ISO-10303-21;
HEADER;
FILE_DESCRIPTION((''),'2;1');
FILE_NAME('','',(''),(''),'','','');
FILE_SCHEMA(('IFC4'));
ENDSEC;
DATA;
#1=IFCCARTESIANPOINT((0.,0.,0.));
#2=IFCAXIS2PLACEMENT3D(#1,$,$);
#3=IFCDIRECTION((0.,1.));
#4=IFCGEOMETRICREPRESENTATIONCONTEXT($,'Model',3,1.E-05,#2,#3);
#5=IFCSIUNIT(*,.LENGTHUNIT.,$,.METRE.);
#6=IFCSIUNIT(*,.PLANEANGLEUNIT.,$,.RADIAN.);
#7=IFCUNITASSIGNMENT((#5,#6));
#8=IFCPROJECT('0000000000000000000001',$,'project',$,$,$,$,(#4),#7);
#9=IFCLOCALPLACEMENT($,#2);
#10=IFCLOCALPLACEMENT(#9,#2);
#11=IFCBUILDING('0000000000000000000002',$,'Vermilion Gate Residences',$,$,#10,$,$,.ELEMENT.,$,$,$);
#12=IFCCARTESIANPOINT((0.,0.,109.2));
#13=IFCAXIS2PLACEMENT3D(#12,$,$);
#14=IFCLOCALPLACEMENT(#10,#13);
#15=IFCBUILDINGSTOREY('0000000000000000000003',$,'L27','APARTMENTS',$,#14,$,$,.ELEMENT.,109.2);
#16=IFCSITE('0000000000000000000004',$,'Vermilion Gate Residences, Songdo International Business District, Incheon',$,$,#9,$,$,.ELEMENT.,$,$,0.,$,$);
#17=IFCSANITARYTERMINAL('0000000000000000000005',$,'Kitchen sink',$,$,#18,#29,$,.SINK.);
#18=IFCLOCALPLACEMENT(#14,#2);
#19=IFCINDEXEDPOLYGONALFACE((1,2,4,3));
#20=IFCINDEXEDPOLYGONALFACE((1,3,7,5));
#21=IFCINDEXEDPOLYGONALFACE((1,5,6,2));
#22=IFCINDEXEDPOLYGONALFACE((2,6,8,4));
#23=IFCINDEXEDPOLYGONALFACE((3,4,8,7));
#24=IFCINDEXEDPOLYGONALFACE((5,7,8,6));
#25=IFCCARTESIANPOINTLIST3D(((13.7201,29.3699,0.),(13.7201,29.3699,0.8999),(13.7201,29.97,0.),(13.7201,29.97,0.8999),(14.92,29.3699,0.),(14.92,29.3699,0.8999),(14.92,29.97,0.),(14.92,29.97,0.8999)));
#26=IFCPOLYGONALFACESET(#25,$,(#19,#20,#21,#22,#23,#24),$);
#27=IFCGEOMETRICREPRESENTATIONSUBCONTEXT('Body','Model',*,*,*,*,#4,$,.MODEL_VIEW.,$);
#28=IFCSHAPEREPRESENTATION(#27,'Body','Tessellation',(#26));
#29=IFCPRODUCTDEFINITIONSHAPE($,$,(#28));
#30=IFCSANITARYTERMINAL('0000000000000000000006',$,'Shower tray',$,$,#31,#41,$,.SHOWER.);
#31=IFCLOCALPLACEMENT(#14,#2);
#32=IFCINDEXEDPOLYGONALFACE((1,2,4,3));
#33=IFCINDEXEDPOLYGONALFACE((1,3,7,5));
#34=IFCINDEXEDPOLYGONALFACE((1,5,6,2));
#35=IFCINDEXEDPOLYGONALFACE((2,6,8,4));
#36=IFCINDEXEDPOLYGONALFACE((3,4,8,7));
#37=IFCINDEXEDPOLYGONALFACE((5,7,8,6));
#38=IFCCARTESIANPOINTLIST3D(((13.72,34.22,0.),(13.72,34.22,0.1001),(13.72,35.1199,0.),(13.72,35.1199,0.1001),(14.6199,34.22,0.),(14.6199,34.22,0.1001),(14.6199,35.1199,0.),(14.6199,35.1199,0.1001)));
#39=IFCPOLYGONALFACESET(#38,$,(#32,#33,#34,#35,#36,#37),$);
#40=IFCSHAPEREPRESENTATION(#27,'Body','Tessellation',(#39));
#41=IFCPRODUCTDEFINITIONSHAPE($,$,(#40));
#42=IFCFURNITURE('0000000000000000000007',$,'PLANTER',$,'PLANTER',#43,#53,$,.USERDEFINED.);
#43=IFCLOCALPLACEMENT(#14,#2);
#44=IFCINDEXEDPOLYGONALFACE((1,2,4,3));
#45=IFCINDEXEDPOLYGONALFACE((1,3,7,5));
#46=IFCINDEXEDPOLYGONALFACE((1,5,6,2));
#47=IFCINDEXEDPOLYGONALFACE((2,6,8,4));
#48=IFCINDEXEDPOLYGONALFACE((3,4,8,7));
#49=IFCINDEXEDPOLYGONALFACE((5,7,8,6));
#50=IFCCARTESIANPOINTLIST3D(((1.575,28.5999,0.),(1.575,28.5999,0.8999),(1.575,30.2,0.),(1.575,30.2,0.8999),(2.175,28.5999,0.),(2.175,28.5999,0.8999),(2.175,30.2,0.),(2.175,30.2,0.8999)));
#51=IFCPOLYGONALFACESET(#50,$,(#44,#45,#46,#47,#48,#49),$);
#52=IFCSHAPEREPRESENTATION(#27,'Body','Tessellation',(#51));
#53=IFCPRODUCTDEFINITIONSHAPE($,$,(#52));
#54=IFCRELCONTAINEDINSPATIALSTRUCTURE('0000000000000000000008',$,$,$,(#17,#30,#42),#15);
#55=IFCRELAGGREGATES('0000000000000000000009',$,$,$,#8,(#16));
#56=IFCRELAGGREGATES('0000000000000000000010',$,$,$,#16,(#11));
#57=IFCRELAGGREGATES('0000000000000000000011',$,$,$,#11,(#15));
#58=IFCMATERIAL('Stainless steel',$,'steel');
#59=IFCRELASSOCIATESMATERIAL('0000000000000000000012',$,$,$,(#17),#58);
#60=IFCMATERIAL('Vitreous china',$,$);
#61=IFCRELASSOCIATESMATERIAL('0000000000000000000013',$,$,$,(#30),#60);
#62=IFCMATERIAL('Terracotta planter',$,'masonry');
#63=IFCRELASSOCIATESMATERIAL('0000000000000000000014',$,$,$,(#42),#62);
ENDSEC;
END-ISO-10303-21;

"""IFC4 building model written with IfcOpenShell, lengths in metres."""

from ifc_helpers import new_model, si_unit, direction, frame, origin, origin_2d, place, context, subcontext, project, spatial, rectangle, extrude, material, element, save


model = new_model("IFC4")

# Units and contexts
model_context = context("Model", 3, precision=1e-05, world=origin(), true_north=direction((0.0, 1.0)))
body_context = subcontext(model_context, "Body", "Model", "MODEL_VIEW")
ifc_project = project(units=[si_unit("LENGTHUNIT", "METRE"), si_unit("PLANEANGLEUNIT", "RADIAN")], contexts=[model_context])

# Site, building, storey
site_placement = place(None, origin())
site = spatial("IfcSite", under=ifc_project, at=site_placement, Name="Vermilion Gate Residences, Songdo International Business District, Incheon", CompositionType="ELEMENT", RefElevation=0.0)
building_placement = place(site_placement, origin())
building = spatial("IfcBuilding", under=site, at=building_placement, Name="Vermilion Gate Residences", CompositionType="ELEMENT")
storey_placement = place(building_placement, frame((0.0, 0.0, 109.2)))
storey = spatial("IfcBuildingStorey", under=building, at=storey_placement, Name="L27", Description="APARTMENTS", CompositionType="ELEMENT", Elevation=109.2)

# Sanitary terminals
ifc_material_1 = material(Name="Stainless steel", Category="steel")
sanitary_terminal_1_placement = place(storey_placement, frame((14.3201, 29.6699, 0.0), z_axis=(0.0, 0.0, 1.0), x_axis=(1.0, 0.0, 0.0)))
element("IfcSanitaryTerminal", 1, at=sanitary_terminal_1_placement, inside=storey, material=ifc_material_1, Name="Kitchen sink", PredefinedType="SINK", context=body_context, shape_type="SweptSolid", body=[
    extrude(rectangle(XDim=1.2, YDim=0.6001, at=origin_2d()), origin(), (0.0, 0.0, 1.0), 0.8999),
])
ifc_material_2 = material(Name="Vitreous china")
sanitary_terminal_2_placement = place(storey_placement, frame((14.1699, 34.6699, 0.0), z_axis=(0.0, 0.0, 1.0), x_axis=(1.0, 0.0, 0.0)))
element("IfcSanitaryTerminal", 2, at=sanitary_terminal_2_placement, inside=storey, material=ifc_material_2, Name="Shower tray", PredefinedType="SHOWER", context=body_context, shape_type="SweptSolid", body=[
    extrude(rectangle(XDim=0.8999, YDim=0.8999, at=origin_2d()), origin(), (0.0, 0.0, 1.0), 0.1001),
])

# Furniture
ifc_material_3 = material(Name="Terracotta planter", Category="masonry")
furniture_placement = place(storey_placement, frame((1.875, 29.3999, 0.0), z_axis=(0.0, 0.0, 1.0), x_axis=(0.0, -1.0, 0.0)))
element("IfcFurniture", 3, at=furniture_placement, inside=storey, material=ifc_material_3, Name="PLANTER", ObjectType="PLANTER", PredefinedType="USERDEFINED", context=body_context, shape_type="SweptSolid", body=[
    extrude(rectangle(XDim=1.6001, YDim=0.6001, at=origin_2d()), origin(), (0.0, 0.0, 1.0), 0.8999),
])

save(model, "model.ifc")
